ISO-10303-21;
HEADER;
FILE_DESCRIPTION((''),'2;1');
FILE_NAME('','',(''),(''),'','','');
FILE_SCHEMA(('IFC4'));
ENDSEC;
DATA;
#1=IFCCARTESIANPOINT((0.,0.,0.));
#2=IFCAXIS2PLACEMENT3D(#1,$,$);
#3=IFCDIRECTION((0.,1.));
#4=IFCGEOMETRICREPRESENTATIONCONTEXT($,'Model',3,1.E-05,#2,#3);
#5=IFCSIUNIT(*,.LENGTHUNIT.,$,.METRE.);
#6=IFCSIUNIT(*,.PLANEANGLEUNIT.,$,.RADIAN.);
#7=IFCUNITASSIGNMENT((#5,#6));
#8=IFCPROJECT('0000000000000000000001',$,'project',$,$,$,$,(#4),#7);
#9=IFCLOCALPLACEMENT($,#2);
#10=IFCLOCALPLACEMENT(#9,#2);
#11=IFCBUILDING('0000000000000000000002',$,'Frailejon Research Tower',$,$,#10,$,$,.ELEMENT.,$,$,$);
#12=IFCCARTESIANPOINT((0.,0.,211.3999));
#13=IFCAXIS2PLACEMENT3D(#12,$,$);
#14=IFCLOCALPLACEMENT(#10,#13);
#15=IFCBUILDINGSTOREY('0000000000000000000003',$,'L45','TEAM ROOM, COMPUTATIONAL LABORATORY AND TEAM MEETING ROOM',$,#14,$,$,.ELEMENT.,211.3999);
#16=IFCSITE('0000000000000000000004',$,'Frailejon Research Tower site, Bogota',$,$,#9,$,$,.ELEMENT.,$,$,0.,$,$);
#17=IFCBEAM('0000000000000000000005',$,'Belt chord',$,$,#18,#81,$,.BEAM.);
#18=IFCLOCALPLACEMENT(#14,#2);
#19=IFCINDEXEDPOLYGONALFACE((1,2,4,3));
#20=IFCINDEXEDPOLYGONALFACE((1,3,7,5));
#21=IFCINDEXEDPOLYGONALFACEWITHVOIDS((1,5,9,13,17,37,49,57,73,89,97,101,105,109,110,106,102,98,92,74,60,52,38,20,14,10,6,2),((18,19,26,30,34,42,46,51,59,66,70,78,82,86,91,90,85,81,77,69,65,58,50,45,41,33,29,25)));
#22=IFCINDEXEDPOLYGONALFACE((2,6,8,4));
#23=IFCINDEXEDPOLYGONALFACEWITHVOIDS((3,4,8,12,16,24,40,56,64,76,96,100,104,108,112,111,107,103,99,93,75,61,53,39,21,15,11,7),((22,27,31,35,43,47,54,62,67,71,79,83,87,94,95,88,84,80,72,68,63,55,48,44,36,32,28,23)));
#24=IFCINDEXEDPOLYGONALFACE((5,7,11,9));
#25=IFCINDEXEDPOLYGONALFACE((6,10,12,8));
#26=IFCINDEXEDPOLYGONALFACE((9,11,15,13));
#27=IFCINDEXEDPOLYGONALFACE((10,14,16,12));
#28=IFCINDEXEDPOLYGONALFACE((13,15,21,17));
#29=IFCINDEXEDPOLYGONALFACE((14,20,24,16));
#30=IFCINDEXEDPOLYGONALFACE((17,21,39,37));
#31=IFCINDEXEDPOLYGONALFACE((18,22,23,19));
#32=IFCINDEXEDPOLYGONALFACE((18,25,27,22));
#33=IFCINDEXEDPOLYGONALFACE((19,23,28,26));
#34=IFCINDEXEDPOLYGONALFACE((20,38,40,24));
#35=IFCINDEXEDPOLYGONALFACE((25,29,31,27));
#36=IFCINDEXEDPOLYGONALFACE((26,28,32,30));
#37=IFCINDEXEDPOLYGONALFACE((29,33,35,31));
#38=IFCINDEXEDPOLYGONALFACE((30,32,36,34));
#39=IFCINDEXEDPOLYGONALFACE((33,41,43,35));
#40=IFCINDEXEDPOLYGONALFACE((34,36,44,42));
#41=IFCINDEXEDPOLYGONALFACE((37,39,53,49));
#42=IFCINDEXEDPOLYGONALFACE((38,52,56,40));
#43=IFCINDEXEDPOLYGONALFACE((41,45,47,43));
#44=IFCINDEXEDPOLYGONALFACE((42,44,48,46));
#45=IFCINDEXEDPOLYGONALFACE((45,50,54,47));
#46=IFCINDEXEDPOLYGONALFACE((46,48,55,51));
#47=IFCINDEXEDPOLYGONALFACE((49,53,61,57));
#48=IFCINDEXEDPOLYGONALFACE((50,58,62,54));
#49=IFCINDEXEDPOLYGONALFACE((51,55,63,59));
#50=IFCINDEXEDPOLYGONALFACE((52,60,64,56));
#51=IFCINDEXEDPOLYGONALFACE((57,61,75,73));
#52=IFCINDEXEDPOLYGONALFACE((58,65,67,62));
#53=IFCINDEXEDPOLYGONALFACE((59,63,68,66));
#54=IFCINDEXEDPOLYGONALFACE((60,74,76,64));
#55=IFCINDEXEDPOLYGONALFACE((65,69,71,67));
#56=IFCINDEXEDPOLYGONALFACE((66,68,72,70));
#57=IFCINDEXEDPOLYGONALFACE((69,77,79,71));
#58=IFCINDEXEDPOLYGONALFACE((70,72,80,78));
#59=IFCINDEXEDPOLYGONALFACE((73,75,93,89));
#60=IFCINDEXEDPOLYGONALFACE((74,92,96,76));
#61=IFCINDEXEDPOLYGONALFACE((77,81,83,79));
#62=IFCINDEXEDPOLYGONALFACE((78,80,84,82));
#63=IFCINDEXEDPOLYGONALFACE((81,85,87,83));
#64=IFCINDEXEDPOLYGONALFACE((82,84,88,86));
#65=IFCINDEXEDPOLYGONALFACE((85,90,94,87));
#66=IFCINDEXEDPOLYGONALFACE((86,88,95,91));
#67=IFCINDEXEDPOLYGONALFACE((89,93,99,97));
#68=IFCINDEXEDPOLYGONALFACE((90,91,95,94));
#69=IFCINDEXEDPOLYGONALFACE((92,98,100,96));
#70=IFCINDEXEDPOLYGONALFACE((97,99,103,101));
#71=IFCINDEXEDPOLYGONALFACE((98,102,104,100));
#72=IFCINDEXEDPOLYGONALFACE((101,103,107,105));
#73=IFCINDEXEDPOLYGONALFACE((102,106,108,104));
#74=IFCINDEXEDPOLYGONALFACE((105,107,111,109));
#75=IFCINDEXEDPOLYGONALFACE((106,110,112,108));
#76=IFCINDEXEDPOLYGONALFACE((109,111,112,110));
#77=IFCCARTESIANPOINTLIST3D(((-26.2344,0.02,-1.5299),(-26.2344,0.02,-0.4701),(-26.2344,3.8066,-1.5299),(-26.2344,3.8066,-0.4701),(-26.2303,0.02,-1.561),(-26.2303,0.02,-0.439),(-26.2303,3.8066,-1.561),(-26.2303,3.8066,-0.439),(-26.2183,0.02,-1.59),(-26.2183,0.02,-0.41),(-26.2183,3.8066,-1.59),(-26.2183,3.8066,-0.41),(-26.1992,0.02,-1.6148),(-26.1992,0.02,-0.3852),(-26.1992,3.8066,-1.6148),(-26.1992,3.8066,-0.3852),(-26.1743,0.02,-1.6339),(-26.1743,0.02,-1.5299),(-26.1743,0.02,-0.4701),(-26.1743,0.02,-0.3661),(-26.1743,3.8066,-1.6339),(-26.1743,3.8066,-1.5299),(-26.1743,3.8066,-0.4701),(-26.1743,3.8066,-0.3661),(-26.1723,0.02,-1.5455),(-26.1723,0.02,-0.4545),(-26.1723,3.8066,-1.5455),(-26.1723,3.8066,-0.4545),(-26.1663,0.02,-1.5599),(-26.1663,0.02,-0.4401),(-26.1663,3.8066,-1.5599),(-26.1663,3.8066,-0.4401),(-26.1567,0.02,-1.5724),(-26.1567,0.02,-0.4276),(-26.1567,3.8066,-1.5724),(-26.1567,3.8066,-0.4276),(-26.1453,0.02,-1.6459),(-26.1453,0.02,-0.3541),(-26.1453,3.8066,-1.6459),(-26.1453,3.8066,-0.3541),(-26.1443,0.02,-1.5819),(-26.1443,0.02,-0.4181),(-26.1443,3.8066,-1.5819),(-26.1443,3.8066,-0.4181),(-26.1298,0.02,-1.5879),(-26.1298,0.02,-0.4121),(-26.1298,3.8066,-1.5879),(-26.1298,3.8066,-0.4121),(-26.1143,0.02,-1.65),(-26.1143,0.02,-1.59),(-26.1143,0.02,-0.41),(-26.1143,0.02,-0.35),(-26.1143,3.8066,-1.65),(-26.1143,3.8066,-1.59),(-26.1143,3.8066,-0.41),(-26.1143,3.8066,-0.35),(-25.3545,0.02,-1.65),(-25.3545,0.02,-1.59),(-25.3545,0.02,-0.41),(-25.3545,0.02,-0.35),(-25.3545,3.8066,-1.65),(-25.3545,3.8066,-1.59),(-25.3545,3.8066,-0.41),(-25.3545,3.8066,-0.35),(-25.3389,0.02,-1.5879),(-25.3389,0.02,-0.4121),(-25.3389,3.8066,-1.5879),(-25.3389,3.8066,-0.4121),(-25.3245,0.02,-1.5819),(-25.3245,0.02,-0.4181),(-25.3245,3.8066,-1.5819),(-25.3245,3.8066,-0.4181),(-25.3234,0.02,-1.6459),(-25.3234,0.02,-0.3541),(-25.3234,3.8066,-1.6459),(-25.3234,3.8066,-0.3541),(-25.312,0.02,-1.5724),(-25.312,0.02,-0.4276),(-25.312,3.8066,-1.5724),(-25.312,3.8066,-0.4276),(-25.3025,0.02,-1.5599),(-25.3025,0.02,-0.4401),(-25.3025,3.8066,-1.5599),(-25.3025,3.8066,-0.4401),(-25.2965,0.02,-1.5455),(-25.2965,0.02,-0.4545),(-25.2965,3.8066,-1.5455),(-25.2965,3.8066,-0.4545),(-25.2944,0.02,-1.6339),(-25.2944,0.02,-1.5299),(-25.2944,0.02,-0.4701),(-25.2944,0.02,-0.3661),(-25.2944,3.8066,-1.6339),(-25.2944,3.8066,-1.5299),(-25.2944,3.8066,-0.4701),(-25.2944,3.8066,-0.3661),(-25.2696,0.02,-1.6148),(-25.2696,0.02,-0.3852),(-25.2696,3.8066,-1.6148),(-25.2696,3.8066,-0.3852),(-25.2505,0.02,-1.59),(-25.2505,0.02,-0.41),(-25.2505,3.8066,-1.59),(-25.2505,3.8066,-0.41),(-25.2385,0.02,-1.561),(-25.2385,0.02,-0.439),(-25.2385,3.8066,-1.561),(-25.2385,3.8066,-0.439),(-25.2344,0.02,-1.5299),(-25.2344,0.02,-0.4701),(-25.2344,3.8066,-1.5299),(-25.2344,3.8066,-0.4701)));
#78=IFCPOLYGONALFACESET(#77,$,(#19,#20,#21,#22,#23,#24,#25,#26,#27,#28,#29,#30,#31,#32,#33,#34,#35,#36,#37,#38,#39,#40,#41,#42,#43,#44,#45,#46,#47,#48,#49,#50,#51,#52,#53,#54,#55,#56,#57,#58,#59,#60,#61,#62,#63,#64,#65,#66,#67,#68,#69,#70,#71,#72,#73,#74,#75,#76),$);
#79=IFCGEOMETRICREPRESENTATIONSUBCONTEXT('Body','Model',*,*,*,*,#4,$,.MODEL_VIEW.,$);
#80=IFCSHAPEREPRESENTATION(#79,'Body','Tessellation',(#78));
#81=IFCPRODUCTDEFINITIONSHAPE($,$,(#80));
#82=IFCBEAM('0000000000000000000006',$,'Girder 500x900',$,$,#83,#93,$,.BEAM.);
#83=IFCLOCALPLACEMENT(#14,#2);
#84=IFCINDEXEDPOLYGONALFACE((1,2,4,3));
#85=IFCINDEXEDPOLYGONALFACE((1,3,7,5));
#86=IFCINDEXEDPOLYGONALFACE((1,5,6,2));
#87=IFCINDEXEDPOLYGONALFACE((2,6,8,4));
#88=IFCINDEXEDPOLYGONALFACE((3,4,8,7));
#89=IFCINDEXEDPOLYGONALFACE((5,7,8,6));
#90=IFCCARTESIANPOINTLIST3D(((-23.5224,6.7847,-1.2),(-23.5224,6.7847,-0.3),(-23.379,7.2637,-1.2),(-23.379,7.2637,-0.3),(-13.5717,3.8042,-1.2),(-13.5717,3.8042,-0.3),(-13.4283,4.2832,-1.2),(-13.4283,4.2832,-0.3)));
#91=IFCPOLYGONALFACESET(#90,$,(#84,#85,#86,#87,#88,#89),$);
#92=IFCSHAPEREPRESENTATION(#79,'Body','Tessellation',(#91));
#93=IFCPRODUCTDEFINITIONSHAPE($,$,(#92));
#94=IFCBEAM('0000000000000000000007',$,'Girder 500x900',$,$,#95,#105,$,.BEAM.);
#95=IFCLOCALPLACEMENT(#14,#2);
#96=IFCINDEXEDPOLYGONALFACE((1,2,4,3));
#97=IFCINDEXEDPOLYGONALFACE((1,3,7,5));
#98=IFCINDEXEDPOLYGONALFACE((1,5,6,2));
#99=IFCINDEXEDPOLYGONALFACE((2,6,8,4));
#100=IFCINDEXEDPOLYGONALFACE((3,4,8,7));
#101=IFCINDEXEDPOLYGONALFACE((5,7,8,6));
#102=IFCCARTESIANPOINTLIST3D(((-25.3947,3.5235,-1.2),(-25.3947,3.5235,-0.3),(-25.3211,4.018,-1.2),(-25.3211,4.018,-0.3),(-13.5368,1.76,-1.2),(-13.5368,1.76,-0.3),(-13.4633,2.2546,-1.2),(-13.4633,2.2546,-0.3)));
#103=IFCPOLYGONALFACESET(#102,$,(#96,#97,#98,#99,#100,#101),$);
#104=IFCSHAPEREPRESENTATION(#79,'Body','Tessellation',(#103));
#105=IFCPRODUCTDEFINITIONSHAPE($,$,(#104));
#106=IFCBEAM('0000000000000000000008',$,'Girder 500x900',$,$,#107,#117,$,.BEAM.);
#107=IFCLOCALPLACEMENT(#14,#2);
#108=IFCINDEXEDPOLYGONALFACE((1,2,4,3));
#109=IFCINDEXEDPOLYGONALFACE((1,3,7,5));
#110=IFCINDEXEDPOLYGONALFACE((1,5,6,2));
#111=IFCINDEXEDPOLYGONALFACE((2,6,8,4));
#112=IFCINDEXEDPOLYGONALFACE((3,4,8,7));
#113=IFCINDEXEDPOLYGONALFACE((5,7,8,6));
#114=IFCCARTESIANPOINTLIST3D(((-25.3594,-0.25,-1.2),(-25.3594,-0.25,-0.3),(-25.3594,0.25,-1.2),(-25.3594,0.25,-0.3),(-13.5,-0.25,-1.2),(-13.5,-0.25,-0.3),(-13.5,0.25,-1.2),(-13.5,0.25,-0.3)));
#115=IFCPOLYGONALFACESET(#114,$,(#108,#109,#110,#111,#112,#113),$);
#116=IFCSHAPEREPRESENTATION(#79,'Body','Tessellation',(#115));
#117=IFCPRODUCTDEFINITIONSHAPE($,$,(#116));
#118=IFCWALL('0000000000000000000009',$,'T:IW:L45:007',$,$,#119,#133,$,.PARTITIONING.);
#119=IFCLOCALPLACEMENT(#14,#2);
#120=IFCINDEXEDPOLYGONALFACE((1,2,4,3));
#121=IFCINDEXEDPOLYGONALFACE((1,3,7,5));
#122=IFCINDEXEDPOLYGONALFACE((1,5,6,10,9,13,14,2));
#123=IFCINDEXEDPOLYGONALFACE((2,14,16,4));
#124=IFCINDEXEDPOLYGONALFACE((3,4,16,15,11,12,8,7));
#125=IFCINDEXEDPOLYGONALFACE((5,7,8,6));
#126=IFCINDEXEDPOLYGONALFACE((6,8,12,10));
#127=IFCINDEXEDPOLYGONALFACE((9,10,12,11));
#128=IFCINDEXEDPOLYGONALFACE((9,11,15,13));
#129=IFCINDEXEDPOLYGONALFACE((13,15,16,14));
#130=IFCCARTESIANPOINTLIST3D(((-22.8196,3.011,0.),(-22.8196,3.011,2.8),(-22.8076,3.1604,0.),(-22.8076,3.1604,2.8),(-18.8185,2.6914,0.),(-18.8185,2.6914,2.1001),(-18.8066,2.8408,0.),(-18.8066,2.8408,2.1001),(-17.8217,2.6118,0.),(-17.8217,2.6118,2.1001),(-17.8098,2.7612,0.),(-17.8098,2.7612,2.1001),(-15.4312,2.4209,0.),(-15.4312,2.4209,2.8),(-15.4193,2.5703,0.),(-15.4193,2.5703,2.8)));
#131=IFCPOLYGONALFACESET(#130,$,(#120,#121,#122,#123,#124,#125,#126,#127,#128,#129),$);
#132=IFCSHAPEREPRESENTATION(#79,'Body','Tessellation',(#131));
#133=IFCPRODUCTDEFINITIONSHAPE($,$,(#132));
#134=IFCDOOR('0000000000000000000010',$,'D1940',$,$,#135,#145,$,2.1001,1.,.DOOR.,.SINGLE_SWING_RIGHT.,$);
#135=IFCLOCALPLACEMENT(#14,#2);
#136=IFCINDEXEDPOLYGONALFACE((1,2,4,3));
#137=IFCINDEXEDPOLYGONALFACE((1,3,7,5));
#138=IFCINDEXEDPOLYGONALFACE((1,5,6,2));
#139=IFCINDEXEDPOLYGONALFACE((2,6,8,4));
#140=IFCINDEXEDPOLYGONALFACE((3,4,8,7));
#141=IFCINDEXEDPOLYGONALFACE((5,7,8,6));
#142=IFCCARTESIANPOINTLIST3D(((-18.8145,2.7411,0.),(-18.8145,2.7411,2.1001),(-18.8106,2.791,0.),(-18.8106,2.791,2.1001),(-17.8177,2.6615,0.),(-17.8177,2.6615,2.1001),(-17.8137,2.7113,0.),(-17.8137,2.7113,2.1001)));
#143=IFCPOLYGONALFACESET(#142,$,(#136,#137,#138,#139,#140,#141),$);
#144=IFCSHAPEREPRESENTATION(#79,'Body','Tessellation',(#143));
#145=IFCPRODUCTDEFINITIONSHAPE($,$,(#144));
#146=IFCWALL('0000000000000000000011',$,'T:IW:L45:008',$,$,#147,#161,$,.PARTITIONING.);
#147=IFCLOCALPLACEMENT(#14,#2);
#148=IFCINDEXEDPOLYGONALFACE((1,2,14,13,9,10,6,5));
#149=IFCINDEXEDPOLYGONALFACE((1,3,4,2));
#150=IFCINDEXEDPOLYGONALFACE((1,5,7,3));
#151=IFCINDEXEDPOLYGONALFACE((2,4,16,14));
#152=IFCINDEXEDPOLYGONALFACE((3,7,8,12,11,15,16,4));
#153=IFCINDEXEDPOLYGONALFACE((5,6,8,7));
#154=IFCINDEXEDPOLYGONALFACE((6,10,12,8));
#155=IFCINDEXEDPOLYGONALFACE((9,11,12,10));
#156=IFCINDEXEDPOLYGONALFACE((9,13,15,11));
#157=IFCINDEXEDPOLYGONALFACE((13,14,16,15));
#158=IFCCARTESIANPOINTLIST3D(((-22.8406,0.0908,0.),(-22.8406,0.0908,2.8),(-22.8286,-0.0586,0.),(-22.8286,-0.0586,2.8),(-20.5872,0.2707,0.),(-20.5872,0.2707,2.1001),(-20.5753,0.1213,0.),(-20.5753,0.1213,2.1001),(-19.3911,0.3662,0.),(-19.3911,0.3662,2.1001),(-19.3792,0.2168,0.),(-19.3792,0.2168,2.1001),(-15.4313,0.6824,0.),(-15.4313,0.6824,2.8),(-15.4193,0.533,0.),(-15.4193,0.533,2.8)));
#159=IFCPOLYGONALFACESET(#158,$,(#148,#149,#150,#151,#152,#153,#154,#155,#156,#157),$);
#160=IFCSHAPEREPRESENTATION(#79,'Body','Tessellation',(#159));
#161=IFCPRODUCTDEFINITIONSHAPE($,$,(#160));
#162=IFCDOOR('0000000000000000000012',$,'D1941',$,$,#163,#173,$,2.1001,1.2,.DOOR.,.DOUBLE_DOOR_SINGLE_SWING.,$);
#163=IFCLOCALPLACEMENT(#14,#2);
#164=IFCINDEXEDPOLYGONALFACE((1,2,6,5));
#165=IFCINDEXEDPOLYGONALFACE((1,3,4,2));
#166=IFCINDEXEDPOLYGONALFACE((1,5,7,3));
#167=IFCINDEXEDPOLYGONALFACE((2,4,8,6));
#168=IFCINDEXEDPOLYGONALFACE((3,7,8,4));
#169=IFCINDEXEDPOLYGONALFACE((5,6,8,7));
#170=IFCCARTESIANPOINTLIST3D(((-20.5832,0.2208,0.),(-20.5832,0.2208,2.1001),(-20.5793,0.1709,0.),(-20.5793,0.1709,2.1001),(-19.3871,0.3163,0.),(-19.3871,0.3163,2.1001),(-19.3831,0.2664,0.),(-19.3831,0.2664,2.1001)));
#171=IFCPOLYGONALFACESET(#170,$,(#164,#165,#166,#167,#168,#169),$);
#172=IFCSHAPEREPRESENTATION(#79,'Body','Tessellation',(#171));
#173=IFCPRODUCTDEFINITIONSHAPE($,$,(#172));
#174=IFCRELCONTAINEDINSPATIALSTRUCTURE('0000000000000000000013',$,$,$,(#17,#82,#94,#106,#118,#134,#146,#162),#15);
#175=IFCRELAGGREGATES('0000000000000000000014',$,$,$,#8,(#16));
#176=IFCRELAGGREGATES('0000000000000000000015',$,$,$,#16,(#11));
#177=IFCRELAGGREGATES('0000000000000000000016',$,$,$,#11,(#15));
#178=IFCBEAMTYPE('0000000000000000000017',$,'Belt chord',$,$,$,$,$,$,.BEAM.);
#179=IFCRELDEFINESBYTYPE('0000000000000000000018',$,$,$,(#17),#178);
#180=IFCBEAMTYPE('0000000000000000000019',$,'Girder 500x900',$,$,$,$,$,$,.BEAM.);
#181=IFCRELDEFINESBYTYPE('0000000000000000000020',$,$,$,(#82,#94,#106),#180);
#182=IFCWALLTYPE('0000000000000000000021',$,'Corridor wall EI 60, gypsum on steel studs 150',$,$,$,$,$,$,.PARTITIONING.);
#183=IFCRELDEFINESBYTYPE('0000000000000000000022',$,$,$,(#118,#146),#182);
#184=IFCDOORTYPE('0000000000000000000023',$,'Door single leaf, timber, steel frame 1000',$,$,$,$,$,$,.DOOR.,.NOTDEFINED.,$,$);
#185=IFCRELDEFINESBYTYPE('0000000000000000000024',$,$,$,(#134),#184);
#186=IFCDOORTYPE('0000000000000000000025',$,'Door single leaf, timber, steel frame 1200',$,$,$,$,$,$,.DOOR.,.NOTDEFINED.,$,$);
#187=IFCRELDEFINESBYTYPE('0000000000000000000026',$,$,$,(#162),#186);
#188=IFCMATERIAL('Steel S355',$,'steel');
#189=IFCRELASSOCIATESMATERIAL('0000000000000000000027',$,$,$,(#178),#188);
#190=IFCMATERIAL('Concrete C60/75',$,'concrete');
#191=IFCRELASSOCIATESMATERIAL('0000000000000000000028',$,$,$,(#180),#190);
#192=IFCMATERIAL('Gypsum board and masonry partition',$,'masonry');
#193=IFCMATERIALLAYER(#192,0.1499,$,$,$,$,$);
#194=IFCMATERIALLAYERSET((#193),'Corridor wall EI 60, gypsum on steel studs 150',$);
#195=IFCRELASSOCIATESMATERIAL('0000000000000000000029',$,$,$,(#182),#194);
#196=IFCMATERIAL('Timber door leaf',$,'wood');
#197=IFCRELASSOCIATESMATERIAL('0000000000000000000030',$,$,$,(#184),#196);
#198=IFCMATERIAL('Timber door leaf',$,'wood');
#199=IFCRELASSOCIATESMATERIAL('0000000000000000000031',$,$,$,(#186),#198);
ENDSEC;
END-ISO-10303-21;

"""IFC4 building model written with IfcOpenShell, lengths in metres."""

from ifc_helpers import new_model, si_unit, direction, frame, frame_2d, origin, origin_2d, place, context, subcontext, project, spatial, rectangle, hollow_rectangle, extrude, material, layer, layer_set, material_profile, profile_set, type_object, element, fill, save


model = new_model("IFC4")

# Units and contexts
model_context = context("Model", 3, precision=1e-05, world=origin(), true_north=direction((0.0, 1.0)))
body_context = subcontext(model_context, "Body", "Model", "MODEL_VIEW")
ifc_project = project(units=[si_unit("LENGTHUNIT", "METRE"), si_unit("PLANEANGLEUNIT", "RADIAN")], contexts=[model_context])

# Site, building, storey
site_placement = place(None, origin())
site = spatial("IfcSite", under=ifc_project, at=site_placement, Name="Frailejon Research Tower site, Bogota", CompositionType="ELEMENT", RefElevation=0.0)
building_placement = place(site_placement, origin())
building = spatial("IfcBuilding", under=site, at=building_placement, Name="Frailejon Research Tower", CompositionType="ELEMENT")
storey_placement = place(building_placement, frame((0.0, 0.0, 211.3999)))
storey = spatial("IfcBuildingStorey", under=building, at=storey_placement, Name="L45", Description="TEAM ROOM, COMPUTATIONAL LABORATORY AND TEAM MEETING ROOM", CompositionType="ELEMENT", Elevation=211.3999)

# Beams
ifc_material_1 = material(Name="Steel S355", Category="steel")
ifc_material_profile_1 = material_profile(ifc_material_1, hollow_rectangle(XDim=1.0, YDim=1.3, WallThickness=0.0601, InnerFilletRadius=0.0601, OuterFilletRadius=0.1201, at=origin_2d()), Name="Belt chord")
ifc_profile_set_1 = profile_set([ifc_material_profile_1], Name="Steel S355")
beam_type_1 = type_object("IfcBeamType", Name="Belt chord", PredefinedType="BEAM", material=ifc_profile_set_1)
beam_1_placement = place(storey_placement, frame((-25.7344, 3.8066, -1.0), z_axis=(0.0, -1.0, 0.0), x_axis=(1.0, 0.0, 0.0)))
element("IfcBeam", 1, at=beam_1_placement, inside=storey, type_object=beam_type_1, Name="Belt chord", PredefinedType="BEAM", context=body_context, shape_type="SweptSolid", body=[
    extrude(hollow_rectangle(XDim=1.0, YDim=1.3, WallThickness=0.0601, InnerFilletRadius=0.0601, OuterFilletRadius=0.1201, at=origin_2d()), origin(), (0.0, 0.0, 1.0), 3.7866),
])
ifc_material_2 = material(Name="Concrete C60/75", Category="concrete")
ifc_material_profile_2 = material_profile(ifc_material_2, rectangle(XDim=0.5, YDim=0.8999, at=origin_2d()), Name="Girder 500x900")
ifc_profile_set_2 = profile_set([ifc_material_profile_2], Name="Concrete C60/75")
beam_type_2 = type_object("IfcBeamType", Name="Girder 500x900", PredefinedType="BEAM", material=ifc_profile_set_2)
beam_2_placement = place(storey_placement, frame((-23.4507, 7.0242, -0.75), z_axis=(0.957952, -0.28693, 0.0), x_axis=(0.28693, 0.957952, 0.0)))
element("IfcBeam", 2, at=beam_2_placement, inside=storey, type_object=beam_type_2, Name="Girder 500x900", PredefinedType="BEAM", context=body_context, shape_type="SweptSolid", body=[
    extrude(rectangle(XDim=0.5, YDim=0.8999, at=origin_2d()), origin(), (0.0, 0.0, 1.0), 10.3875),
])
beam_3_placement = place(storey_placement, frame((-25.3579, 3.7708, -0.75), z_axis=(0.989122, -0.147096, 0.0), x_axis=(0.147096, 0.989122, 0.0)))
element("IfcBeam", 3, at=beam_3_placement, inside=storey, type_object=beam_type_2, Name="Girder 500x900", PredefinedType="BEAM", context=body_context, shape_type="SweptSolid", body=[
    extrude(rectangle(XDim=0.5, YDim=0.8999, at=origin_2d()), origin(), (0.0, 0.0, 1.0), 11.9883),
])
beam_4_placement = place(storey_placement, frame((-25.3594, 0.0, -0.75), z_axis=(1.0, 0.0, 0.0), x_axis=(0.0, 1.0, 0.0)))
element("IfcBeam", 4, at=beam_4_placement, inside=storey, type_object=beam_type_2, Name="Girder 500x900", PredefinedType="BEAM", context=body_context, shape_type="SweptSolid", body=[
    extrude(rectangle(XDim=0.5, YDim=0.8999, at=origin_2d()), origin(), (0.0, 0.0, 1.0), 11.8594),
])

# Walls, openings, doors
ifc_material_3 = material(Name="Gypsum board and masonry partition", Category="masonry")
ifc_layer_1 = layer(ifc_material_3, 0.1499)
ifc_layer_set_1 = layer_set([ifc_layer_1], Name="Corridor wall EI 60, gypsum on steel studs 150")
wall_type_1 = type_object("IfcWallType", Name="Corridor wall EI 60, gypsum on steel studs 150", PredefinedType="PARTITIONING", material=ifc_layer_set_1)
wall_1_placement = place(storey_placement, frame((-22.8137, 3.0857, 0.0), z_axis=(0.0, 0.0, 1.0), x_axis=(0.996826, -0.079613, 0.0)))
wall_1 = element("IfcWall", 5, at=wall_1_placement, inside=storey, type_object=wall_type_1, Name="T:IW:L45:007", PredefinedType="PARTITIONING", context=body_context, shape_type="SweptSolid", body=[
    extrude(rectangle(XDim=7.4119, YDim=0.1499, at=frame_2d((3.7061, 0.0))), origin(), (0.0, 0.0, 1.0), 2.8),
])
opening_1_placement = place(wall_1_placement, frame((4.0139, 0.0, 0.0)))
opening_1 = element("IfcOpeningElement", 6, at=opening_1_placement, cuts=wall_1, PredefinedType="OPENING", context=body_context, shape_type="SweptSolid", body=[
    extrude(rectangle(XDim=1.0, YDim=2.1001, at=frame_2d((0.5, 1.05))), frame((0.0, 0.085, 0.0), z_axis=(0.0, -1.0, 0.0), x_axis=(1.0, 0.0, 0.0)), (0.0, 0.0, 1.0), 0.1699),
])
ifc_material_4 = material(Name="Timber door leaf", Category="wood")
door_type_1 = type_object("IfcDoorType", Name="Door single leaf, timber, steel frame 1000", OperationType="NOTDEFINED", PredefinedType="DOOR", material=ifc_material_4)
door_1_placement = place(opening_1_placement, origin())
door_1 = element("IfcDoor", 7, at=door_1_placement, inside=storey, type_object=door_type_1, Name="D1940", OperationType="SINGLE_SWING_RIGHT", OverallHeight=2.1001, OverallWidth=1.0, PredefinedType="DOOR", context=body_context, shape_type="SweptSolid", body=[
    extrude(rectangle(XDim=1.0, YDim=2.1001, at=frame_2d((0.5, 1.05))), frame((0.0, 0.0249, 0.0), z_axis=(0.0, -1.0, 0.0), x_axis=(1.0, 0.0, 0.0)), (0.0, 0.0, 1.0), 0.05),
])
fill(opening_1, door_1)
wall_2_placement = place(storey_placement, frame((-22.8345, 0.0161, 0.0), z_axis=(0.0, 0.0, 1.0), x_axis=(0.996828, 0.079587, 0.0)))
wall_2 = element("IfcWall", 8, at=wall_2_placement, inside=storey, type_object=wall_type_1, Name="T:IW:L45:008", PredefinedType="PARTITIONING", context=body_context, shape_type="SweptSolid", body=[
    extrude(rectangle(XDim=7.4329, YDim=0.1499, at=frame_2d((3.7163, 0.0))), origin(), (0.0, 0.0, 1.0), 2.8),
])
opening_2_placement = place(wall_2_placement, frame((2.2603, 0.0, 0.0)))
opening_2 = element("IfcOpeningElement", 9, at=opening_2_placement, cuts=wall_2, PredefinedType="OPENING", context=body_context, shape_type="SweptSolid", body=[
    extrude(rectangle(XDim=1.2, YDim=2.1001, at=frame_2d((0.6001, 1.05))), frame((0.0, 0.085, 0.0), z_axis=(0.0, -1.0, 0.0), x_axis=(1.0, 0.0, 0.0)), (0.0, 0.0, 1.0), 0.1699),
])
ifc_material_5 = material(Name="Timber door leaf", Category="wood")
door_type_2 = type_object("IfcDoorType", Name="Door single leaf, timber, steel frame 1200", OperationType="NOTDEFINED", PredefinedType="DOOR", material=ifc_material_5)
door_2_placement = place(opening_2_placement, origin())
door_2 = element("IfcDoor", 10, at=door_2_placement, inside=storey, type_object=door_type_2, Name="D1941", OperationType="DOUBLE_DOOR_SINGLE_SWING", OverallHeight=2.1001, OverallWidth=1.2, PredefinedType="DOOR", context=body_context, shape_type="SweptSolid", body=[
    extrude(rectangle(XDim=1.2, YDim=2.1001, at=frame_2d((0.6001, 1.05))), frame((0.0, 0.0249, 0.0), z_axis=(0.0, -1.0, 0.0), x_axis=(1.0, 0.0, 0.0)), (0.0, 0.0, 1.0), 0.05),
])
fill(opening_2, door_2)

save(model, "model.ifc")
